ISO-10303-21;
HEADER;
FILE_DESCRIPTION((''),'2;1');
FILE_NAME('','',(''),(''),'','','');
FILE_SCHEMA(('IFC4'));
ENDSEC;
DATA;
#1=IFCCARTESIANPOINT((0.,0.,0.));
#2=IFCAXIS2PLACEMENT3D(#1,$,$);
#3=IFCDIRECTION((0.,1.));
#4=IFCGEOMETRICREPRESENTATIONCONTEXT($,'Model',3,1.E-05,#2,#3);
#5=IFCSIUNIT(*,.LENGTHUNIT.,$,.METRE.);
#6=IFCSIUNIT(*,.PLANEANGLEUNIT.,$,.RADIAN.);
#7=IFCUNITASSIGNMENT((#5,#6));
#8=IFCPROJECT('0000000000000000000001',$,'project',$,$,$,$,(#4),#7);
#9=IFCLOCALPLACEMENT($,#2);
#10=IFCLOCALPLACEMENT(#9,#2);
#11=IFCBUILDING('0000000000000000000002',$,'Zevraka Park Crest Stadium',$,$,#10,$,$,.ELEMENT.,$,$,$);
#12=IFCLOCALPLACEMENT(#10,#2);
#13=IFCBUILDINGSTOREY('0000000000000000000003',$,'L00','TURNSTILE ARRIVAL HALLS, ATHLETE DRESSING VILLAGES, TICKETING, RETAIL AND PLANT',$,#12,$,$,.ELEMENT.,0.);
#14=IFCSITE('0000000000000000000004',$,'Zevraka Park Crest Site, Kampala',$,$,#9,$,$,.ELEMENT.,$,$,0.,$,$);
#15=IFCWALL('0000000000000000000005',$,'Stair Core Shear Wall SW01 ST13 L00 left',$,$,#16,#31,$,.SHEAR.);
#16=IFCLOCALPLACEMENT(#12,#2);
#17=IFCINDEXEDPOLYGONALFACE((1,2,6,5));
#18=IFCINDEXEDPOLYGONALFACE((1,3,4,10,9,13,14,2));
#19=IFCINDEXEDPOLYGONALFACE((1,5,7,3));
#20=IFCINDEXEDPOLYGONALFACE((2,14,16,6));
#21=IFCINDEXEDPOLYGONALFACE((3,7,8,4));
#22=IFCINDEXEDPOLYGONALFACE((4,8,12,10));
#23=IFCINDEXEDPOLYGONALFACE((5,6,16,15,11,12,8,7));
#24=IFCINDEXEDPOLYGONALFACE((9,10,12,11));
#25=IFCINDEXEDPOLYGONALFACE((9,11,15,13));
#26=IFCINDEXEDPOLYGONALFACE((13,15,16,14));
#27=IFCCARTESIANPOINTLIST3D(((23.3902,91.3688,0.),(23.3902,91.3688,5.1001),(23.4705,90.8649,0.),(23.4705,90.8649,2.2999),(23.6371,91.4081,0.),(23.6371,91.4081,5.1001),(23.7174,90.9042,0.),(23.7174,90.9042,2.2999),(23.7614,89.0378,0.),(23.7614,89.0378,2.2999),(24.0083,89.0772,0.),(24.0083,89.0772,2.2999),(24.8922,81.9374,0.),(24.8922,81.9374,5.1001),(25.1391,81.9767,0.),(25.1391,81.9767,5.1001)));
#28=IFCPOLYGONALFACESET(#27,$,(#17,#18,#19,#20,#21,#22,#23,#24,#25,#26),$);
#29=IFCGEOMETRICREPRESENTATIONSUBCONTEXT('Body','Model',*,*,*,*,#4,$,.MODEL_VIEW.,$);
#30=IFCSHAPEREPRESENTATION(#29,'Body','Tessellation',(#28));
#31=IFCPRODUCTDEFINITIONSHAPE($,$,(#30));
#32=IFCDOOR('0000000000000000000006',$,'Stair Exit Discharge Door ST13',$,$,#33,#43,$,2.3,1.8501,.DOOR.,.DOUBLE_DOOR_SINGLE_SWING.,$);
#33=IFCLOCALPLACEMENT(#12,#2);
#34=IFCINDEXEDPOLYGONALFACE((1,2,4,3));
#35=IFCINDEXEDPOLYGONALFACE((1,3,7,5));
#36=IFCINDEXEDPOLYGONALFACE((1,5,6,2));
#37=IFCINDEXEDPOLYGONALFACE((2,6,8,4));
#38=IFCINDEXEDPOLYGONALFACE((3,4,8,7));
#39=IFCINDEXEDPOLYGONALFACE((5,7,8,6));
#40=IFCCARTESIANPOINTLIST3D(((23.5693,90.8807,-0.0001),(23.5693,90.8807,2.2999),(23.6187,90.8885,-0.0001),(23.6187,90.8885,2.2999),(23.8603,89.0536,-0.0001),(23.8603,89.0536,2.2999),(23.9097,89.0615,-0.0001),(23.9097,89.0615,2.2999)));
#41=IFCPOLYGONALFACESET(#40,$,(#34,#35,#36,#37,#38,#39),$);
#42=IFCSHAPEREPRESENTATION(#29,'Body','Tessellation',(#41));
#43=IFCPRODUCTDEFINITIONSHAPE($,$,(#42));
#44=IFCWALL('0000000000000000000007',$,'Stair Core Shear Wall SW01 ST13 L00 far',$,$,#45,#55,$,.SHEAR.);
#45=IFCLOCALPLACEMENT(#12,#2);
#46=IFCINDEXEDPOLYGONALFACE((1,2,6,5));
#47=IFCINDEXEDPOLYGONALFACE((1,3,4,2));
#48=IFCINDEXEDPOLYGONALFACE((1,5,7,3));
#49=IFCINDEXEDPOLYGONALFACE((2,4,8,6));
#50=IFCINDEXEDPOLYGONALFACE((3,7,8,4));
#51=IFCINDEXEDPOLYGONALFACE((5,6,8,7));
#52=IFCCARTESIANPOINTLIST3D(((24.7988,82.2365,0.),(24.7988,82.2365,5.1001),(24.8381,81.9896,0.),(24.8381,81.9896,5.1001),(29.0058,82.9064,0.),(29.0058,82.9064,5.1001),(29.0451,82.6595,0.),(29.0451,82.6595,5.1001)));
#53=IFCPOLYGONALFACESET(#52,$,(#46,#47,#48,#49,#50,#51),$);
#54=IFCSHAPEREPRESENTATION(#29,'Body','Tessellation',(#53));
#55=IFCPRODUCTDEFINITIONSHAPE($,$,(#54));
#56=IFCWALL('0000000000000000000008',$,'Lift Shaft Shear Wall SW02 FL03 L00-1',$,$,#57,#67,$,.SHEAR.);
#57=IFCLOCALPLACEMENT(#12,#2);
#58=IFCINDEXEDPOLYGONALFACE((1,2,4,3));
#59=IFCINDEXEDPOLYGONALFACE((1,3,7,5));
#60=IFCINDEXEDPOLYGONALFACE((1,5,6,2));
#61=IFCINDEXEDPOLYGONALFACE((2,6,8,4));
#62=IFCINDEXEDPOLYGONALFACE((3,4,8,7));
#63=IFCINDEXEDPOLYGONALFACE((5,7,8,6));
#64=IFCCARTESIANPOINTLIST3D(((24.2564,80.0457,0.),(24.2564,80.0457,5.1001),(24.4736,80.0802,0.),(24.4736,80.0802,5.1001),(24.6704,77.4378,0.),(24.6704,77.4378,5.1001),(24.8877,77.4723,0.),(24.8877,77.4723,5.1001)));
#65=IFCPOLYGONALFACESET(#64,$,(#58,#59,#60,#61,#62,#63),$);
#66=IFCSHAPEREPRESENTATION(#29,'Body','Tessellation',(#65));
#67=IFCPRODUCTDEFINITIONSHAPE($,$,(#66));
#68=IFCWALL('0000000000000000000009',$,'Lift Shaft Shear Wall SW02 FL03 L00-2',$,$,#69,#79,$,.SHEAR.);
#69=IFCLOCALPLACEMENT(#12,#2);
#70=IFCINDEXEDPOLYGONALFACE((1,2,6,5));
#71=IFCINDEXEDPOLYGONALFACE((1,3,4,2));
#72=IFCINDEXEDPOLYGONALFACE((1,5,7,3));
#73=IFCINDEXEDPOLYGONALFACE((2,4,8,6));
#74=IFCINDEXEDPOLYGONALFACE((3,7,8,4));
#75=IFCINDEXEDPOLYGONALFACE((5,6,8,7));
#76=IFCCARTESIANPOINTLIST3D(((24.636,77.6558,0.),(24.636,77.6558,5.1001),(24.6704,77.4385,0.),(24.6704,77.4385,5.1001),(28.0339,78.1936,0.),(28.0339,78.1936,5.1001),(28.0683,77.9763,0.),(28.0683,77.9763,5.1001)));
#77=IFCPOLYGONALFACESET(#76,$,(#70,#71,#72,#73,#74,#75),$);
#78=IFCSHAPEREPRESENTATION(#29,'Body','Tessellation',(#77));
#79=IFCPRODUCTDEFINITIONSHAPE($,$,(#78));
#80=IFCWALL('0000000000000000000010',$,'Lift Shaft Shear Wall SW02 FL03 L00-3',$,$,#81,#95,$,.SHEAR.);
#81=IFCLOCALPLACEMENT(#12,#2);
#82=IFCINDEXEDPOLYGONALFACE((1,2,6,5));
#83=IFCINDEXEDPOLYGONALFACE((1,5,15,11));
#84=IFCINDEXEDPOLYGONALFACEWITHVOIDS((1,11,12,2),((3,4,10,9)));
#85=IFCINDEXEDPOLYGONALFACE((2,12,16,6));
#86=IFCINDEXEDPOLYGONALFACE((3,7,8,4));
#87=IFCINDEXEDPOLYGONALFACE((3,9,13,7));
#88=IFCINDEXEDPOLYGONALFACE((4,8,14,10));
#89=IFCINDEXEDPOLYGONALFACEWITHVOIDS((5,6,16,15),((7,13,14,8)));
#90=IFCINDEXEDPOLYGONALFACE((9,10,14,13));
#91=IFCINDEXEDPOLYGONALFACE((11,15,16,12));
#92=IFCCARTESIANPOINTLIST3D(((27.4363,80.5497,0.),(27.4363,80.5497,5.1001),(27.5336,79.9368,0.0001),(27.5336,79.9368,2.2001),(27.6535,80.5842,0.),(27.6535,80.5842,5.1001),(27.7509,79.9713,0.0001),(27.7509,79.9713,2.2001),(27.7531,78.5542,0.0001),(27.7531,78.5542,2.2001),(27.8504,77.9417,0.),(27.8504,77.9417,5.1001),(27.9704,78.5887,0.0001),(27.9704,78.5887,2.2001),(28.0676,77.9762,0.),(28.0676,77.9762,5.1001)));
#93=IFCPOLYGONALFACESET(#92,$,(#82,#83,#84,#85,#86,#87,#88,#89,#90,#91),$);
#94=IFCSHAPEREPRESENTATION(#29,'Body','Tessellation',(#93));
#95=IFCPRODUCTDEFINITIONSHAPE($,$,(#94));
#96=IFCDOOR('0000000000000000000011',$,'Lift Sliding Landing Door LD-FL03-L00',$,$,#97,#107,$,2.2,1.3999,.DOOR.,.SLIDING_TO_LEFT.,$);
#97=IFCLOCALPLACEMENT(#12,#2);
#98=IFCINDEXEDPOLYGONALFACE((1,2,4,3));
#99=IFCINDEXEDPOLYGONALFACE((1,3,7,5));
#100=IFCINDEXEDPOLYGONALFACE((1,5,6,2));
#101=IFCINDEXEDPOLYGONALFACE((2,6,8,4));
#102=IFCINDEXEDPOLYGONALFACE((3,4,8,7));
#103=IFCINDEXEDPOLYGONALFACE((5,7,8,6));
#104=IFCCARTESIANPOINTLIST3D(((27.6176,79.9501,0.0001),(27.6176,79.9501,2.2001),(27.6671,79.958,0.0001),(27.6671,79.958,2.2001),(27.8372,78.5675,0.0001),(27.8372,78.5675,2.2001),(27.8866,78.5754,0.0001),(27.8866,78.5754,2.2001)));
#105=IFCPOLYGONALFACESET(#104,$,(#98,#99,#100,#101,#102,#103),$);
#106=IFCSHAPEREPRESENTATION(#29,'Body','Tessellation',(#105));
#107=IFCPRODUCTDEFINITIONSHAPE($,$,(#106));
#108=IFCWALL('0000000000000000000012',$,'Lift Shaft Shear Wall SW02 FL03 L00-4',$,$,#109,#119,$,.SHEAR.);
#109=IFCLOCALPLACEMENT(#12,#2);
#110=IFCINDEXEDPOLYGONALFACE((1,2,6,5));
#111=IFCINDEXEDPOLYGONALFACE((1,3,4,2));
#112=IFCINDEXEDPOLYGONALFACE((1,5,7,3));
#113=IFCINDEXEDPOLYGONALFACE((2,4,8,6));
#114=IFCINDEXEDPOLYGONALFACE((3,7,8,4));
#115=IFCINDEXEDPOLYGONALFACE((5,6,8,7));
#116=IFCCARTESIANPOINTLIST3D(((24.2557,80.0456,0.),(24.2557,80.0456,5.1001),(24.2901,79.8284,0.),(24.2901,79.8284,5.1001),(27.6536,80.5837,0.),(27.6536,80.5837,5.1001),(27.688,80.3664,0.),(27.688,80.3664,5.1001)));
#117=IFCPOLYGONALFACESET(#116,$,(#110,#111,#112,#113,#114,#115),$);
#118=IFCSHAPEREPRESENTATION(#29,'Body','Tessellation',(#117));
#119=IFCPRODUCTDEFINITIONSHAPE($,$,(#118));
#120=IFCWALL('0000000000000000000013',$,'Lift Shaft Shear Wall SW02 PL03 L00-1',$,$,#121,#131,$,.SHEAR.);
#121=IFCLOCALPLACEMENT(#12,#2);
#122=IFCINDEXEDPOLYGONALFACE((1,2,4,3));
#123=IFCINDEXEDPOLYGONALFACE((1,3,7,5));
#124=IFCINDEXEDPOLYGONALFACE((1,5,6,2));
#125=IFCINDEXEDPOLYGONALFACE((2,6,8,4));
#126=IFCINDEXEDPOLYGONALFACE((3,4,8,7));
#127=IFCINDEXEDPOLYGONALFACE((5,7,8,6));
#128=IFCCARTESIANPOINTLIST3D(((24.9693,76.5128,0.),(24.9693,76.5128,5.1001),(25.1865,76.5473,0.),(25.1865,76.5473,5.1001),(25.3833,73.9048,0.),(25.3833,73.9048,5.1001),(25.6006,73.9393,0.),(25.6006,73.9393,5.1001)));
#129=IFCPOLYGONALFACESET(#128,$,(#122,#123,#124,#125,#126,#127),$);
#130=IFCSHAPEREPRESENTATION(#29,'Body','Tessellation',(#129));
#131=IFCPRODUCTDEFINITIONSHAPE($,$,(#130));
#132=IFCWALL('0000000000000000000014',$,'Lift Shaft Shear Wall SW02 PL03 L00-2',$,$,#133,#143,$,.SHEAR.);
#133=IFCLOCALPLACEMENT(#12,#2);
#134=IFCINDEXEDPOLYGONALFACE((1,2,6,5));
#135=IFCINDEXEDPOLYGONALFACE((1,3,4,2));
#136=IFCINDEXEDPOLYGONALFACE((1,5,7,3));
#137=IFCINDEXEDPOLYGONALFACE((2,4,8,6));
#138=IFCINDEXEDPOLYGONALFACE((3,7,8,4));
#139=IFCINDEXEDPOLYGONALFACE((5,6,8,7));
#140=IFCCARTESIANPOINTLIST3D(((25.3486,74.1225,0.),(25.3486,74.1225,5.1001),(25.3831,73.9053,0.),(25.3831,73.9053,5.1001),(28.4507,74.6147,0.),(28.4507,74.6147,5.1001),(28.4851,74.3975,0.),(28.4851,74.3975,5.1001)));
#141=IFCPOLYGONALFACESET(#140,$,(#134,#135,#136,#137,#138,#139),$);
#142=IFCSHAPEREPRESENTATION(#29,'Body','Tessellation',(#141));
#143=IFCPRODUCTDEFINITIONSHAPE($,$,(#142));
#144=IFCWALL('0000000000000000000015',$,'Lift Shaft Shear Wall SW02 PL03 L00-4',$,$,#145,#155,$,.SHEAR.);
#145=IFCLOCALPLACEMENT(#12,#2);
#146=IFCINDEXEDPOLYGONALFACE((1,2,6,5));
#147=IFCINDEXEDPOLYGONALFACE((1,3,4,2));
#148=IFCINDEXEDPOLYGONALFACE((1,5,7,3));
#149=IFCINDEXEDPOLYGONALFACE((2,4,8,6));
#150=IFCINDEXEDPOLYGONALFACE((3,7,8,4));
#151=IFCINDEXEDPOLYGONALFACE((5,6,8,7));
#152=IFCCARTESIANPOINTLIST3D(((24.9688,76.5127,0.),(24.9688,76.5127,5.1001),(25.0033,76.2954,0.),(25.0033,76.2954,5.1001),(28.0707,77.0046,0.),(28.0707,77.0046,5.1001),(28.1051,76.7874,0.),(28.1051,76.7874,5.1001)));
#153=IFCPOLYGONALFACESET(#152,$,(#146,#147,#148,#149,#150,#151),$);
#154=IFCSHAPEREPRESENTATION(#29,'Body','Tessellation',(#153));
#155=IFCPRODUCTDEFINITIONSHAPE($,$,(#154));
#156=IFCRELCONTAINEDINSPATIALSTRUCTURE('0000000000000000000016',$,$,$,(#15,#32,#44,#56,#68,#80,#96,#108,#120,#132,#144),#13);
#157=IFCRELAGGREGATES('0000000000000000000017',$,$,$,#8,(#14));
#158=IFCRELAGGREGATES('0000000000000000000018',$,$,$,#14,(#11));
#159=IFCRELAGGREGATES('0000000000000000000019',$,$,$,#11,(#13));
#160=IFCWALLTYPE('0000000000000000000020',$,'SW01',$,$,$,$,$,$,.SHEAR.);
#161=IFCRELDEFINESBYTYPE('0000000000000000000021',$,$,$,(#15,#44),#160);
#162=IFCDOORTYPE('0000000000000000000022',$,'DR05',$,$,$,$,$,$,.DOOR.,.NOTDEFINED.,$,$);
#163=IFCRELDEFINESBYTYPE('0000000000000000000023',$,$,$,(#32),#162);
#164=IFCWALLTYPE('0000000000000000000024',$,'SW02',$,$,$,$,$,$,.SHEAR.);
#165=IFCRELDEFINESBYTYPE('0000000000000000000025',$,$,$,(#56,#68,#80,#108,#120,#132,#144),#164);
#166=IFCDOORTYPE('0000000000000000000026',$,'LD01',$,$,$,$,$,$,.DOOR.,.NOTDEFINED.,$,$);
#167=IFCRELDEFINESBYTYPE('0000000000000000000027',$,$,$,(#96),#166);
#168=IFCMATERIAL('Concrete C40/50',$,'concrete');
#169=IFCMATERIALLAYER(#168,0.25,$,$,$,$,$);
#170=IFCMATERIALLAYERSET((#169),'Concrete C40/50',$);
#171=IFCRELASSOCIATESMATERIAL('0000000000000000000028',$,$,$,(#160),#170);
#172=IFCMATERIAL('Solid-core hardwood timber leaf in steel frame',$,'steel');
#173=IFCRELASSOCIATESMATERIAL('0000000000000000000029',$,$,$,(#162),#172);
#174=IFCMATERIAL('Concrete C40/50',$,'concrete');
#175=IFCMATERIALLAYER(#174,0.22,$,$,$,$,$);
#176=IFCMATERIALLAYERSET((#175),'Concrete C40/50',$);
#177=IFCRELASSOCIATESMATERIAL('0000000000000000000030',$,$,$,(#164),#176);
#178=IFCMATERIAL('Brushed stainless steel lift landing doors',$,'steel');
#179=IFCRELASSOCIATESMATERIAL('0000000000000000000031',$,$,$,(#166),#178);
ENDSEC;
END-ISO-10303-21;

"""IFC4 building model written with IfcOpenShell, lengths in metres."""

from ifc_helpers import new_model, si_unit, direction, frame, frame_2d, origin, place, context, subcontext, project, spatial, rectangle, extrude, material, layer, layer_set, type_object, element, fill, save


model = new_model("IFC4")

# Units and contexts
model_context = context("Model", 3, precision=1e-05, world=origin(), true_north=direction((0.0, 1.0)))
body_context = subcontext(model_context, "Body", "Model", "MODEL_VIEW")
ifc_project = project(units=[si_unit("LENGTHUNIT", "METRE"), si_unit("PLANEANGLEUNIT", "RADIAN")], contexts=[model_context])

# Site, building, storey
site_placement = place(None, origin())
site = spatial("IfcSite", under=ifc_project, at=site_placement, Name="Zevraka Park Crest Site, Kampala", CompositionType="ELEMENT", RefElevation=0.0)
building_placement = place(site_placement, origin())
building = spatial("IfcBuilding", under=site, at=building_placement, Name="Zevraka Park Crest Stadium", CompositionType="ELEMENT")
storey_placement = place(building_placement, origin())
storey = spatial("IfcBuildingStorey", under=building, at=storey_placement, Name="L00", Description="TURNSTILE ARRIVAL HALLS, ATHLETE DRESSING VILLAGES, TICKETING, RETAIL AND PLANT", CompositionType="ELEMENT", Elevation=0.0)

# Wall, opening, door
ifc_material_1 = material(Name="Concrete C40/50", Category="concrete")
ifc_layer_1 = layer(ifc_material_1, 0.25)
ifc_layer_set_1 = layer_set([ifc_layer_1], Name="Concrete C40/50")
wall_type_1 = type_object("IfcWallType", Name="SW01", PredefinedType="SHEAR", material=ifc_layer_set_1)
wall_1_placement = place(storey_placement, frame((25.0156, 81.957, 0.0), z_axis=(0.0, 0.0, 1.0), x_axis=(-0.157269, 0.987556, 0.0)))
wall_1 = element("IfcWall", 1, at=wall_1_placement, inside=storey, type_object=wall_type_1, Name="Stair Core Shear Wall SW01 ST13 L00 left", PredefinedType="SHEAR", context=body_context, shape_type="SweptSolid", body=[
    extrude(rectangle(XDim=9.5503, YDim=0.25, at=frame_2d((4.7751, 0.0))), origin(), (0.0, 0.0, 1.0), 5.1001),
])
opening_1_placement = place(wall_1_placement, frame((7.1899, 0.0, 0.0)))
opening_1 = element("IfcOpeningElement", 2, at=opening_1_placement, cuts=wall_1, PredefinedType="OPENING", context=body_context, shape_type="SweptSolid", body=[
    extrude(rectangle(XDim=1.8501, YDim=2.3, at=frame_2d((0.925, 1.1499))), frame((0.0, 0.135, 0.0), z_axis=(0.0, -1.0, 0.0), x_axis=(1.0, 0.0, 0.0)), (0.0, 0.0, 1.0), 0.27),
])
ifc_material_2 = material(Name="Solid-core hardwood timber leaf in steel frame", Category="steel")
door_type_1 = type_object("IfcDoorType", Name="DR05", OperationType="NOTDEFINED", PredefinedType="DOOR", material=ifc_material_2)
door_1_placement = place(opening_1_placement, origin())
door_1 = element("IfcDoor", 3, at=door_1_placement, inside=storey, type_object=door_type_1, Name="Stair Exit Discharge Door ST13", OperationType="DOUBLE_DOOR_SINGLE_SWING", OverallHeight=2.3, OverallWidth=1.8501, PredefinedType="DOOR", context=body_context, shape_type="SweptSolid", body=[
    extrude(rectangle(XDim=1.8501, YDim=2.3, at=frame_2d((0.925, 1.1499))), frame((0.0, 0.0249, 0.0), z_axis=(0.0, -1.0, 0.0), x_axis=(1.0, 0.0, 0.0)), (0.0, 0.0, 1.0), 0.05),
])
fill(opening_1, door_1)

# Walls
wall_2_placement = place(storey_placement, frame((24.8186, 82.113, 0.0), z_axis=(0.0, 0.0, 1.0), x_axis=(0.987558, 0.157257, 0.0)))
element("IfcWall", 4, at=wall_2_placement, inside=storey, type_object=wall_type_1, Name="Stair Core Shear Wall SW01 ST13 L00 far", PredefinedType="SHEAR", context=body_context, shape_type="SweptSolid", body=[
    extrude(rectangle(XDim=4.26, YDim=0.25, at=frame_2d((2.1299, 0.0))), origin(), (0.0, 0.0, 1.0), 5.1001),
])
ifc_material_3 = material(Name="Concrete C40/50", Category="concrete")
ifc_layer_2 = layer(ifc_material_3, 0.22)
ifc_layer_set_2 = layer_set([ifc_layer_2], Name="Concrete C40/50")
wall_type_2 = type_object("IfcWallType", Name="SW02", PredefinedType="SHEAR", material=ifc_layer_set_2)
wall_3_placement = place(storey_placement, frame((24.365, 80.063, 0.0), z_axis=(0.0, 0.0, 1.0), x_axis=(0.156808, -0.987629, 0.0)))
element("IfcWall", 5, at=wall_3_placement, inside=storey, type_object=wall_type_2, Name="Lift Shaft Shear Wall SW02 FL03 L00-1", PredefinedType="SHEAR", context=body_context, shape_type="SweptSolid", body=[
    extrude(rectangle(XDim=2.6406, YDim=0.22, at=frame_2d((1.3203, 0.0))), origin(), (0.0, 0.0, 1.0), 5.1001),
])
wall_4_placement = place(storey_placement, frame((24.6531, 77.5471, 0.0), z_axis=(0.0, 0.0, 1.0), x_axis=(0.987704, 0.156338, 0.0)))
element("IfcWall", 6, at=wall_4_placement, inside=storey, type_object=wall_type_2, Name="Lift Shaft Shear Wall SW02 FL03 L00-2", PredefinedType="SHEAR", context=body_context, shape_type="SweptSolid", body=[
    extrude(rectangle(XDim=3.4402, YDim=0.22, at=frame_2d((1.7202, 0.0))), origin(), (0.0, 0.0, 1.0), 5.1001),
])

# Wall, opening, door
wall_5_placement = place(storey_placement, frame((27.959, 77.959, 0.0), z_axis=(0.0, 0.0, 1.0), x_axis=(-0.156808, 0.987629, 0.0)))
wall_5 = element("IfcWall", 7, at=wall_5_placement, inside=storey, type_object=wall_type_2, Name="Lift Shaft Shear Wall SW02 FL03 L00-3", PredefinedType="SHEAR", context=body_context, shape_type="SweptSolid", body=[
    extrude(rectangle(XDim=2.6406, YDim=0.22, at=frame_2d((1.3203, 0.0))), origin(), (0.0, 0.0, 1.0), 5.1001),
])
opening_2_placement = place(wall_5_placement, frame((0.6201, 0.0, 0.0)))
opening_2 = element("IfcOpeningElement", 8, at=opening_2_placement, cuts=wall_5, PredefinedType="OPENING", context=body_context, shape_type="SweptSolid", body=[
    extrude(rectangle(XDim=1.3999, YDim=2.2, at=frame_2d((0.7, 1.1001))), frame((0.0, 0.1199, 0.0), z_axis=(0.0, -1.0, 0.0), x_axis=(1.0, 0.0, 0.0)), (0.0, 0.0, 1.0), 0.24),
])
ifc_material_4 = material(Name="Brushed stainless steel lift landing doors", Category="steel")
door_type_2 = type_object("IfcDoorType", Name="LD01", OperationType="NOTDEFINED", PredefinedType="DOOR", material=ifc_material_4)
door_2_placement = place(opening_2_placement, origin())
door_2 = element("IfcDoor", 9, at=door_2_placement, inside=storey, type_object=door_type_2, Name="Lift Sliding Landing Door LD-FL03-L00", OperationType="SLIDING_TO_LEFT", OverallHeight=2.2, OverallWidth=1.3999, PredefinedType="DOOR", context=body_context, shape_type="SweptSolid", body=[
    extrude(rectangle(XDim=1.3999, YDim=2.2, at=frame_2d((0.7, 1.1001))), frame((0.0, 0.0249, 0.0), z_axis=(0.0, -1.0, 0.0), x_axis=(1.0, 0.0, 0.0)), (0.0, 0.0, 1.0), 0.05),
])
fill(opening_2, door_2)

# Walls
wall_6_placement = place(storey_placement, frame((27.6709, 80.4751, 0.0), z_axis=(0.0, 0.0, 1.0), x_axis=(-0.987693, -0.156407, 0.0)))
element("IfcWall", 10, at=wall_6_placement, inside=storey, type_object=wall_type_2, Name="Lift Shaft Shear Wall SW02 FL03 L00-4", PredefinedType="SHEAR", context=body_context, shape_type="SweptSolid", body=[
    extrude(rectangle(XDim=3.4402, YDim=0.22, at=frame_2d((1.7202, 0.0))), origin(), (0.0, 0.0, 1.0), 5.1001),
])
wall_7_placement = place(storey_placement, frame((25.0779, 76.53, 0.0), z_axis=(0.0, 0.0, 1.0), x_axis=(0.156808, -0.987629, 0.0)))
element("IfcWall", 11, at=wall_7_placement, inside=storey, type_object=wall_type_2, Name="Lift Shaft Shear Wall SW02 PL03 L00-1", PredefinedType="SHEAR", context=body_context, shape_type="SweptSolid", body=[
    extrude(rectangle(XDim=2.6406, YDim=0.22, at=frame_2d((1.3203, 0.0))), origin(), (0.0, 0.0, 1.0), 5.1001),
])
wall_8_placement = place(storey_placement, frame((25.366, 74.0139, 0.0), z_axis=(0.0, 0.0, 1.0), x_axis=(0.987645, 0.156705, 0.0)))
element("IfcWall", 12, at=wall_8_placement, inside=storey, type_object=wall_type_2, Name="Lift Shaft Shear Wall SW02 PL03 L00-2", PredefinedType="SHEAR", context=body_context, shape_type="SweptSolid", body=[
    extrude(rectangle(XDim=3.1409, YDim=0.22, at=frame_2d((1.5703, 0.0))), origin(), (0.0, 0.0, 1.0), 5.1001),
])

# Wall
wall_9_placement = place(storey_placement, frame((28.0879, 76.896, 0.0), z_axis=(0.0, 0.0, 1.0), x_axis=(-0.987656, -0.156641, 0.0)))
element("IfcWall", 13, at=wall_9_placement, inside=storey, type_object=wall_type_2, Name="Lift Shaft Shear Wall SW02 PL03 L00-4", PredefinedType="SHEAR", context=body_context, shape_type="SweptSolid", body=[
    extrude(rectangle(XDim=3.1406, YDim=0.22, at=frame_2d((1.5703, 0.0))), origin(), (0.0, 0.0, 1.0), 5.1001),
])

save(model, "model.ifc")
